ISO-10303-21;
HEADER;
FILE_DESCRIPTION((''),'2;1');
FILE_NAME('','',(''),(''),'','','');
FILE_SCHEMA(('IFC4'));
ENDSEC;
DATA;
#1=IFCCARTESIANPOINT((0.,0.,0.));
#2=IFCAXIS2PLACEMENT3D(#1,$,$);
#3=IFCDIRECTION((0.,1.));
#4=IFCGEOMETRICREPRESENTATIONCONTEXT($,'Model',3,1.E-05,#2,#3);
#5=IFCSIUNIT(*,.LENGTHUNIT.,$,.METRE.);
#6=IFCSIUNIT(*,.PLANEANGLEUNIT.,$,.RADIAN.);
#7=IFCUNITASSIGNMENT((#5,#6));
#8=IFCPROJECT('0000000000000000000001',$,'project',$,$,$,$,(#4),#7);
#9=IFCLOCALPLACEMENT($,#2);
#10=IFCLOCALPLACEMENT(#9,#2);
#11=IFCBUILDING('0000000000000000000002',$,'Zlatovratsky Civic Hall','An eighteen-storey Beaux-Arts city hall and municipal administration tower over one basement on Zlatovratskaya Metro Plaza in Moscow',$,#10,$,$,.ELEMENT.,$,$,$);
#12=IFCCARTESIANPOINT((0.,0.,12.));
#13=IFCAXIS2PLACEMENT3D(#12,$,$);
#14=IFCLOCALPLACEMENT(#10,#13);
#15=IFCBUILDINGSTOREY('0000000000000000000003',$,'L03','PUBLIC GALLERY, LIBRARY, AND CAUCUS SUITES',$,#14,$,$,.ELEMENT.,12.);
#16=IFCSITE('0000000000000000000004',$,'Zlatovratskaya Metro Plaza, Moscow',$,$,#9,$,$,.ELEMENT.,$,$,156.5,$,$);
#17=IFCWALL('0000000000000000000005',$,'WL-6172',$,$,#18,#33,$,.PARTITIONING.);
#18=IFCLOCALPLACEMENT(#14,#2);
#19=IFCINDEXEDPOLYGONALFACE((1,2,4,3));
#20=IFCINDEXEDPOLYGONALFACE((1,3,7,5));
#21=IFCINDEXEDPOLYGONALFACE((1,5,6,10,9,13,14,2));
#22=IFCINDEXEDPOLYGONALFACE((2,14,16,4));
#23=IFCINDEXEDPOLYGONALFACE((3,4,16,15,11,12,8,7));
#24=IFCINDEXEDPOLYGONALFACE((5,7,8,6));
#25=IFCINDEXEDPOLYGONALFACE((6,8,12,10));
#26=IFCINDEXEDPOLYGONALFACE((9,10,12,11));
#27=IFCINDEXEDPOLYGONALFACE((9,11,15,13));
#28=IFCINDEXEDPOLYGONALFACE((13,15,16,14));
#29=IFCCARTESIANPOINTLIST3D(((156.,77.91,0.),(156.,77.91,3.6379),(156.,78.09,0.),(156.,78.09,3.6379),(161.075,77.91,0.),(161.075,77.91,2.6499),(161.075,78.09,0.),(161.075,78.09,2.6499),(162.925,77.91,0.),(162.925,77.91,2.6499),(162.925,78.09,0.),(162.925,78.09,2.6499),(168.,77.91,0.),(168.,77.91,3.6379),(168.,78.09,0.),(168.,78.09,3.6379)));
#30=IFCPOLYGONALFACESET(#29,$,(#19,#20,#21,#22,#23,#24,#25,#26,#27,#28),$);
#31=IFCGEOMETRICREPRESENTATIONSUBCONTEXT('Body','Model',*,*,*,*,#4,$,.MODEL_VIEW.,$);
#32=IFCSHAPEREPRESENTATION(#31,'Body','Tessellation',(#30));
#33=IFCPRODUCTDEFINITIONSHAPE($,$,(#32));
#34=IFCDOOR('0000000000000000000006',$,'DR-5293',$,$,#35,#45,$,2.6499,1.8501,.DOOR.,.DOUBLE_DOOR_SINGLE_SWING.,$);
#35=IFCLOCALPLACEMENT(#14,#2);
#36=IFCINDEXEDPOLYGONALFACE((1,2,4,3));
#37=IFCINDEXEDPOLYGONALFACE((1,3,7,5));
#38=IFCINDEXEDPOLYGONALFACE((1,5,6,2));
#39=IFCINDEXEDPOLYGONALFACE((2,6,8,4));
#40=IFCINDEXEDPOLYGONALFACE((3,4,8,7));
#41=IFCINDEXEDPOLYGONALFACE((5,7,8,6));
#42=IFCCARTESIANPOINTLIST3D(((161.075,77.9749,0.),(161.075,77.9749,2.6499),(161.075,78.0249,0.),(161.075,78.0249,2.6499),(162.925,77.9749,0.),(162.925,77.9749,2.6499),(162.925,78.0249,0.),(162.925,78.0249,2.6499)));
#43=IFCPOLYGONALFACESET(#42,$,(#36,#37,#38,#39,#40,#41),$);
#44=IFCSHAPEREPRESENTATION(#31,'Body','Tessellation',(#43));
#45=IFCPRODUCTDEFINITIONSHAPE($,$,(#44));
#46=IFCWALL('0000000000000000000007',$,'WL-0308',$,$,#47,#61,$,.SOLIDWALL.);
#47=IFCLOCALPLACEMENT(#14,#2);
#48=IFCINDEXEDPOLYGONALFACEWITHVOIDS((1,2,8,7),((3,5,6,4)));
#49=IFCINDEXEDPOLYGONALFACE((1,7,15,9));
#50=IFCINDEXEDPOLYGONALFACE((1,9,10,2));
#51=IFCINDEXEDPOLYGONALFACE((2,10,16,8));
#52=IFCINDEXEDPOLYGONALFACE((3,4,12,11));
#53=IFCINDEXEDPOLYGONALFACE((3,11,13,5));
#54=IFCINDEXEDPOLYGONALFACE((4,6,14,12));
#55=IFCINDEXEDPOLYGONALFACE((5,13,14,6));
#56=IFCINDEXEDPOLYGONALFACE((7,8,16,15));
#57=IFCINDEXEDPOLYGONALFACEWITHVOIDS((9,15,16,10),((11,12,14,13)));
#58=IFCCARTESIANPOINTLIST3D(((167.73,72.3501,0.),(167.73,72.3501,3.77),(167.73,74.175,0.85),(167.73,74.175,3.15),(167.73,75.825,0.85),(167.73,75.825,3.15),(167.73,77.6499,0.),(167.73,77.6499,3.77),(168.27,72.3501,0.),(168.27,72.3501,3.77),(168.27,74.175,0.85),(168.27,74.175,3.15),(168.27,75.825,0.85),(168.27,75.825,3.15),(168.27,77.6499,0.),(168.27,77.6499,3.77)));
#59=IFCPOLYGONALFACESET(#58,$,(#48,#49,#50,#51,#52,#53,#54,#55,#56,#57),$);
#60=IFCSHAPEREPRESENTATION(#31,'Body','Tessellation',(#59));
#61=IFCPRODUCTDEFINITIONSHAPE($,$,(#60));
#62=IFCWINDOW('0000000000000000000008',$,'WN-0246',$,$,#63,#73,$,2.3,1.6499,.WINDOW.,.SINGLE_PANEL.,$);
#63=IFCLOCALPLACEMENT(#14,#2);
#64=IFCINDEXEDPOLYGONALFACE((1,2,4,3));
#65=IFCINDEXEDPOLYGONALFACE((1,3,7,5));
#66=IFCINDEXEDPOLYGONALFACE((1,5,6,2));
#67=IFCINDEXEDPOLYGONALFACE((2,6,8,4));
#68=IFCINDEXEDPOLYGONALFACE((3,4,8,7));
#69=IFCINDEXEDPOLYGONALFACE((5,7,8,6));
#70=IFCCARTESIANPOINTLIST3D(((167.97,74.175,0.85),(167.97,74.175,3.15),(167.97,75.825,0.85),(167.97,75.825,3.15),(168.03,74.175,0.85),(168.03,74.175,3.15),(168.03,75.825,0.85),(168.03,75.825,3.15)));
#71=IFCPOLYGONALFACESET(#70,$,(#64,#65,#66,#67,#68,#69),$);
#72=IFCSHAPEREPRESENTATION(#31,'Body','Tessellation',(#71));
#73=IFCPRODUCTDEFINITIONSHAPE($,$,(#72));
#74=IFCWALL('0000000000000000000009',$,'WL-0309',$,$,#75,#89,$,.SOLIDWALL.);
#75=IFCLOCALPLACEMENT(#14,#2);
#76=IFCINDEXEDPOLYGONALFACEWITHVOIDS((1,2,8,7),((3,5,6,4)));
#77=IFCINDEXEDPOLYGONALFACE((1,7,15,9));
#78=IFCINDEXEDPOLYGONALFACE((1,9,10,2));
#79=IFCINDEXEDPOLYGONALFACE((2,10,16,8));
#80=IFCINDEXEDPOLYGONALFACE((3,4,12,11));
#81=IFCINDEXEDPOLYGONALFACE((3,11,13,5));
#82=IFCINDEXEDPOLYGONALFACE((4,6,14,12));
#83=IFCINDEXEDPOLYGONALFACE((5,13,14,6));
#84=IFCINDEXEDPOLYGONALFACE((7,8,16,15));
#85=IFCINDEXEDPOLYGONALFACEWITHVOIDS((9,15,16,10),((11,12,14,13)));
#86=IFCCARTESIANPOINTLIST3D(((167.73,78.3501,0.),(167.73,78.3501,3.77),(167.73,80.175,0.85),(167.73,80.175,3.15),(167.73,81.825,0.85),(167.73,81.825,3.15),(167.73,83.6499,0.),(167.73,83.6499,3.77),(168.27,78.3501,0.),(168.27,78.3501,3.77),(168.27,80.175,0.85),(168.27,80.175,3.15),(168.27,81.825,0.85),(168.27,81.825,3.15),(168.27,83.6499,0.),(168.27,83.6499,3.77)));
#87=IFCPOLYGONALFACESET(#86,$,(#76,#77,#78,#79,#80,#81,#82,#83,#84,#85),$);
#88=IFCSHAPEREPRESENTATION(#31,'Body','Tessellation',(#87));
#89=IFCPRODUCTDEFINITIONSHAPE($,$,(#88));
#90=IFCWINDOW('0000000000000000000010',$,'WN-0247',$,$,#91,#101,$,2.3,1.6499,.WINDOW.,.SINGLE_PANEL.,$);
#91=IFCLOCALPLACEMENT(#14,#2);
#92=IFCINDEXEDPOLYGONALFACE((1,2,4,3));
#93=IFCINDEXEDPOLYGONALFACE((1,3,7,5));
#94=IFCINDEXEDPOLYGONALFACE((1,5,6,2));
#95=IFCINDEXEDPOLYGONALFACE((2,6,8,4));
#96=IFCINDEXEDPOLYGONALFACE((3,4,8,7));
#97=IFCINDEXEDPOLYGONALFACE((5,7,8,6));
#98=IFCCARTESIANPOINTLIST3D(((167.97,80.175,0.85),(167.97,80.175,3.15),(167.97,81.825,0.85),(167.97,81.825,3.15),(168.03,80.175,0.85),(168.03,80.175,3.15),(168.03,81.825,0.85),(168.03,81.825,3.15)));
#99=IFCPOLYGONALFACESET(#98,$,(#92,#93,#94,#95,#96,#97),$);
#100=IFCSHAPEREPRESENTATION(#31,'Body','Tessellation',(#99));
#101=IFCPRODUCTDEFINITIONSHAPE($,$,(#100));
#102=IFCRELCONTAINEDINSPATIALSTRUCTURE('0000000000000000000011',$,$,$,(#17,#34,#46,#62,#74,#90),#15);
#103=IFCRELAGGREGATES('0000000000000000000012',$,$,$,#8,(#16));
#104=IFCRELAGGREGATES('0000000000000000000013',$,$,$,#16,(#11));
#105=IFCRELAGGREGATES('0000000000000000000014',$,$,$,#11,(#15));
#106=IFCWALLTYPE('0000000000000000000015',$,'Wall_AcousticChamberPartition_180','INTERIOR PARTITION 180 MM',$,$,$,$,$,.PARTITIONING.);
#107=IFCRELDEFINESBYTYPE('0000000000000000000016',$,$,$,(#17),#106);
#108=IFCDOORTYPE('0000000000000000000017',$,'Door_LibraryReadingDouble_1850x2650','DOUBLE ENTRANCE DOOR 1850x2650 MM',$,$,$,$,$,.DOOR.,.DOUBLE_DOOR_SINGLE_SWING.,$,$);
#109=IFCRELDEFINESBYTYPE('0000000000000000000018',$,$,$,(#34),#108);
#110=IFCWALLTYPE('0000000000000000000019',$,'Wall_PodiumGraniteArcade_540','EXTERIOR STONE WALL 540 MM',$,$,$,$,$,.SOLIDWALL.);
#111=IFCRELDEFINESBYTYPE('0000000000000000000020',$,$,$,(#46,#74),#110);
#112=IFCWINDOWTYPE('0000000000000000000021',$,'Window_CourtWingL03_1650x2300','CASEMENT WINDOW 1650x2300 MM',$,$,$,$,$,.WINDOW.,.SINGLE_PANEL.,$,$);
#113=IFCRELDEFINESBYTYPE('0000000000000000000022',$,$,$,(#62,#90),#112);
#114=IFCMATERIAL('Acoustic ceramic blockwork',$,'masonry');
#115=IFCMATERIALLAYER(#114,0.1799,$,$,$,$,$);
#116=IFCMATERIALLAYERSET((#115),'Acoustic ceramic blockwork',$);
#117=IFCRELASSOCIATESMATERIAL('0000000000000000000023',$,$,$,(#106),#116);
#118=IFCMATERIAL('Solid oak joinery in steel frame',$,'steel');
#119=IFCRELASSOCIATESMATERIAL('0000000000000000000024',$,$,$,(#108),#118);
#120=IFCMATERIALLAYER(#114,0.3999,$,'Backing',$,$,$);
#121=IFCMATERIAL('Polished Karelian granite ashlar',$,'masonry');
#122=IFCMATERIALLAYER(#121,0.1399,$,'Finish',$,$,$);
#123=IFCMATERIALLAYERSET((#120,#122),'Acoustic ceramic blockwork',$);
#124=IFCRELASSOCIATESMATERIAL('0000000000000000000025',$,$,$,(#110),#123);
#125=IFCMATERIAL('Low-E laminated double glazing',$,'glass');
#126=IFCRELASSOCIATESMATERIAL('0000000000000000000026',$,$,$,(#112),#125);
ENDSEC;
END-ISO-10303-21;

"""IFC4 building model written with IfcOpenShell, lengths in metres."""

from ifc_helpers import new_model, si_unit, direction, frame, frame_2d, origin, place, context, subcontext, project, spatial, rectangle, extrude, material, layer, layer_set, type_object, element, fill, save


model = new_model("IFC4")

# Units and contexts
model_context = context("Model", 3, precision=1e-05, world=origin(), true_north=direction((0.0, 1.0)))
body_context = subcontext(model_context, "Body", "Model", "MODEL_VIEW")
ifc_project = project(units=[si_unit("LENGTHUNIT", "METRE"), si_unit("PLANEANGLEUNIT", "RADIAN")], contexts=[model_context])

# Site, building, storey
site_placement = place(None, origin())
site = spatial("IfcSite", under=ifc_project, at=site_placement, Name="Zlatovratskaya Metro Plaza, Moscow", CompositionType="ELEMENT", RefElevation=156.5)
building_placement = place(site_placement, origin())
building = spatial("IfcBuilding", under=site, at=building_placement, Name="Zlatovratsky Civic Hall", Description="An eighteen-storey Beaux-Arts city hall and municipal administration tower over one basement on Zlatovratskaya Metro Plaza in Moscow", CompositionType="ELEMENT")
storey_placement = place(building_placement, frame((0.0, 0.0, 12.0)))
storey = spatial("IfcBuildingStorey", under=building, at=storey_placement, Name="L03", Description="PUBLIC GALLERY, LIBRARY, AND CAUCUS SUITES", CompositionType="ELEMENT", Elevation=12.0)

# Wall, opening, door
ifc_material_1 = material(Name="Acoustic ceramic blockwork", Category="masonry")
ifc_layer_1 = layer(ifc_material_1, 0.1799)
ifc_layer_set_1 = layer_set([ifc_layer_1], Name="Acoustic ceramic blockwork")
wall_type_1 = type_object("IfcWallType", Name="Wall_AcousticChamberPartition_180", Description="INTERIOR PARTITION 180 MM", PredefinedType="PARTITIONING", material=ifc_layer_set_1)
wall_1_placement = place(storey_placement, frame((156.0, 78.0, 0.0), z_axis=(0.0, 0.0, 1.0), x_axis=(1.0, 0.0, 0.0)))
wall_1 = element("IfcWall", 1, at=wall_1_placement, inside=storey, type_object=wall_type_1, Name="WL-6172", PredefinedType="PARTITIONING", context=body_context, shape_type="SweptSolid", body=[
    extrude(rectangle(XDim=12.0, YDim=0.1799, at=frame_2d((6.0, 0.0))), origin(), (0.0, 0.0, 1.0), 3.6379),
])
opening_1_placement = place(wall_1_placement, frame((5.075, 0.0, 0.0)))
opening_1 = element("IfcOpeningElement", 2, at=opening_1_placement, cuts=wall_1, PredefinedType="OPENING", context=body_context, shape_type="SweptSolid", body=[
    extrude(rectangle(XDim=1.8501, YDim=2.6499, at=frame_2d((0.925, 1.325))), frame((0.0, 0.105, 0.0), z_axis=(0.0, -1.0, 0.0), x_axis=(1.0, 0.0, 0.0)), (0.0, 0.0, 1.0), 0.2097),
])
ifc_material_2 = material(Name="Solid oak joinery in steel frame", Category="steel")
door_type = type_object("IfcDoorType", Name="Door_LibraryReadingDouble_1850x2650", Description="DOUBLE ENTRANCE DOOR 1850x2650 MM", OperationType="DOUBLE_DOOR_SINGLE_SWING", PredefinedType="DOOR", material=ifc_material_2)
door_placement = place(opening_1_placement, origin())
door = element("IfcDoor", 3, at=door_placement, inside=storey, type_object=door_type, Name="DR-5293", OperationType="DOUBLE_DOOR_SINGLE_SWING", OverallHeight=2.6499, OverallWidth=1.8501, PredefinedType="DOOR", context=body_context, shape_type="SweptSolid", body=[
    extrude(rectangle(XDim=1.8501, YDim=2.6499, at=frame_2d((0.925, 1.325))), frame((0.0, 0.0249, 0.0), z_axis=(0.0, -1.0, 0.0), x_axis=(1.0, 0.0, 0.0)), (0.0, 0.0, 1.0), 0.05),
])
fill(opening_1, door)

# Walls, openings, windows
ifc_layer_2 = layer(ifc_material_1, 0.3999, Name="Backing")
ifc_material_3 = material(Name="Polished Karelian granite ashlar", Category="masonry")
ifc_layer_3 = layer(ifc_material_3, 0.1399, Name="Finish")
ifc_layer_set_2 = layer_set([ifc_layer_2, ifc_layer_3], Name="Acoustic ceramic blockwork")
wall_type_2 = type_object("IfcWallType", Name="Wall_PodiumGraniteArcade_540", Description="EXTERIOR STONE WALL 540 MM", PredefinedType="SOLIDWALL", material=ifc_layer_set_2)
wall_2_placement = place(storey_placement, frame((168.0, 72.3501, 0.0), z_axis=(0.0, 0.0, 1.0), x_axis=(0.0, 1.0, 0.0)))
wall_2 = element("IfcWall", 4, at=wall_2_placement, inside=storey, type_object=wall_type_2, Name="WL-0308", PredefinedType="SOLIDWALL", context=body_context, shape_type="SweptSolid", body=[
    extrude(rectangle(XDim=5.2998, YDim=0.54, at=frame_2d((2.6499, 0.0))), origin(), (0.0, 0.0, 1.0), 3.77),
])
opening_2_placement = place(wall_2_placement, frame((1.825, 0.0, 0.8501)))
opening_2 = element("IfcOpeningElement", 5, at=opening_2_placement, cuts=wall_2, PredefinedType="OPENING", context=body_context, shape_type="SweptSolid", body=[
    extrude(rectangle(XDim=1.6499, YDim=2.3, at=frame_2d((0.825, 1.1499))), frame((0.0, 0.2849, 0.0), z_axis=(0.0, -1.0, 0.0), x_axis=(1.0, 0.0, 0.0)), (0.0, 0.0, 1.0), 0.5698),
])
ifc_material_4 = material(Name="Low-E laminated double glazing", Category="glass")
window_type = type_object("IfcWindowType", Name="Window_CourtWingL03_1650x2300", Description="CASEMENT WINDOW 1650x2300 MM", PartitioningType="SINGLE_PANEL", PredefinedType="WINDOW", material=ifc_material_4)
window_1_placement = place(opening_2_placement, origin())
window_1 = element("IfcWindow", 6, at=window_1_placement, inside=storey, type_object=window_type, Name="WN-0246", OverallHeight=2.3, OverallWidth=1.6499, PartitioningType="SINGLE_PANEL", PredefinedType="WINDOW", context=body_context, shape_type="SweptSolid", body=[
    extrude(rectangle(XDim=1.6499, YDim=2.3, at=frame_2d((0.825, 1.1499))), frame((0.0, 0.03, 0.0), z_axis=(0.0, -1.0, 0.0), x_axis=(1.0, 0.0, 0.0)), (0.0, 0.0, 1.0), 0.0601),
])
fill(opening_2, window_1)
wall_3_placement = place(storey_placement, frame((168.0, 78.3501, 0.0), z_axis=(0.0, 0.0, 1.0), x_axis=(0.0, 1.0, 0.0)))
wall_3 = element("IfcWall", 7, at=wall_3_placement, inside=storey, type_object=wall_type_2, Name="WL-0309", PredefinedType="SOLIDWALL", context=body_context, shape_type="SweptSolid", body=[
    extrude(rectangle(XDim=5.2998, YDim=0.54, at=frame_2d((2.6499, 0.0))), origin(), (0.0, 0.0, 1.0), 3.77),
])
opening_3_placement = place(wall_3_placement, frame((1.825, 0.0, 0.8501)))
opening_3 = element("IfcOpeningElement", 8, at=opening_3_placement, cuts=wall_3, PredefinedType="OPENING", context=body_context, shape_type="SweptSolid", body=[
    extrude(rectangle(XDim=1.6499, YDim=2.3, at=frame_2d((0.825, 1.1499))), frame((0.0, 0.2849, 0.0), z_axis=(0.0, -1.0, 0.0), x_axis=(1.0, 0.0, 0.0)), (0.0, 0.0, 1.0), 0.5698),
])
window_2_placement = place(opening_3_placement, origin())
window_2 = element("IfcWindow", 9, at=window_2_placement, inside=storey, type_object=window_type, Name="WN-0247", OverallHeight=2.3, OverallWidth=1.6499, PartitioningType="SINGLE_PANEL", PredefinedType="WINDOW", context=body_context, shape_type="SweptSolid", body=[
    extrude(rectangle(XDim=1.6499, YDim=2.3, at=frame_2d((0.825, 1.1499))), frame((0.0, 0.03, 0.0), z_axis=(0.0, -1.0, 0.0), x_axis=(1.0, 0.0, 0.0)), (0.0, 0.0, 1.0), 0.0601),
])
fill(opening_3, window_2)

save(model, "model.ifc")
